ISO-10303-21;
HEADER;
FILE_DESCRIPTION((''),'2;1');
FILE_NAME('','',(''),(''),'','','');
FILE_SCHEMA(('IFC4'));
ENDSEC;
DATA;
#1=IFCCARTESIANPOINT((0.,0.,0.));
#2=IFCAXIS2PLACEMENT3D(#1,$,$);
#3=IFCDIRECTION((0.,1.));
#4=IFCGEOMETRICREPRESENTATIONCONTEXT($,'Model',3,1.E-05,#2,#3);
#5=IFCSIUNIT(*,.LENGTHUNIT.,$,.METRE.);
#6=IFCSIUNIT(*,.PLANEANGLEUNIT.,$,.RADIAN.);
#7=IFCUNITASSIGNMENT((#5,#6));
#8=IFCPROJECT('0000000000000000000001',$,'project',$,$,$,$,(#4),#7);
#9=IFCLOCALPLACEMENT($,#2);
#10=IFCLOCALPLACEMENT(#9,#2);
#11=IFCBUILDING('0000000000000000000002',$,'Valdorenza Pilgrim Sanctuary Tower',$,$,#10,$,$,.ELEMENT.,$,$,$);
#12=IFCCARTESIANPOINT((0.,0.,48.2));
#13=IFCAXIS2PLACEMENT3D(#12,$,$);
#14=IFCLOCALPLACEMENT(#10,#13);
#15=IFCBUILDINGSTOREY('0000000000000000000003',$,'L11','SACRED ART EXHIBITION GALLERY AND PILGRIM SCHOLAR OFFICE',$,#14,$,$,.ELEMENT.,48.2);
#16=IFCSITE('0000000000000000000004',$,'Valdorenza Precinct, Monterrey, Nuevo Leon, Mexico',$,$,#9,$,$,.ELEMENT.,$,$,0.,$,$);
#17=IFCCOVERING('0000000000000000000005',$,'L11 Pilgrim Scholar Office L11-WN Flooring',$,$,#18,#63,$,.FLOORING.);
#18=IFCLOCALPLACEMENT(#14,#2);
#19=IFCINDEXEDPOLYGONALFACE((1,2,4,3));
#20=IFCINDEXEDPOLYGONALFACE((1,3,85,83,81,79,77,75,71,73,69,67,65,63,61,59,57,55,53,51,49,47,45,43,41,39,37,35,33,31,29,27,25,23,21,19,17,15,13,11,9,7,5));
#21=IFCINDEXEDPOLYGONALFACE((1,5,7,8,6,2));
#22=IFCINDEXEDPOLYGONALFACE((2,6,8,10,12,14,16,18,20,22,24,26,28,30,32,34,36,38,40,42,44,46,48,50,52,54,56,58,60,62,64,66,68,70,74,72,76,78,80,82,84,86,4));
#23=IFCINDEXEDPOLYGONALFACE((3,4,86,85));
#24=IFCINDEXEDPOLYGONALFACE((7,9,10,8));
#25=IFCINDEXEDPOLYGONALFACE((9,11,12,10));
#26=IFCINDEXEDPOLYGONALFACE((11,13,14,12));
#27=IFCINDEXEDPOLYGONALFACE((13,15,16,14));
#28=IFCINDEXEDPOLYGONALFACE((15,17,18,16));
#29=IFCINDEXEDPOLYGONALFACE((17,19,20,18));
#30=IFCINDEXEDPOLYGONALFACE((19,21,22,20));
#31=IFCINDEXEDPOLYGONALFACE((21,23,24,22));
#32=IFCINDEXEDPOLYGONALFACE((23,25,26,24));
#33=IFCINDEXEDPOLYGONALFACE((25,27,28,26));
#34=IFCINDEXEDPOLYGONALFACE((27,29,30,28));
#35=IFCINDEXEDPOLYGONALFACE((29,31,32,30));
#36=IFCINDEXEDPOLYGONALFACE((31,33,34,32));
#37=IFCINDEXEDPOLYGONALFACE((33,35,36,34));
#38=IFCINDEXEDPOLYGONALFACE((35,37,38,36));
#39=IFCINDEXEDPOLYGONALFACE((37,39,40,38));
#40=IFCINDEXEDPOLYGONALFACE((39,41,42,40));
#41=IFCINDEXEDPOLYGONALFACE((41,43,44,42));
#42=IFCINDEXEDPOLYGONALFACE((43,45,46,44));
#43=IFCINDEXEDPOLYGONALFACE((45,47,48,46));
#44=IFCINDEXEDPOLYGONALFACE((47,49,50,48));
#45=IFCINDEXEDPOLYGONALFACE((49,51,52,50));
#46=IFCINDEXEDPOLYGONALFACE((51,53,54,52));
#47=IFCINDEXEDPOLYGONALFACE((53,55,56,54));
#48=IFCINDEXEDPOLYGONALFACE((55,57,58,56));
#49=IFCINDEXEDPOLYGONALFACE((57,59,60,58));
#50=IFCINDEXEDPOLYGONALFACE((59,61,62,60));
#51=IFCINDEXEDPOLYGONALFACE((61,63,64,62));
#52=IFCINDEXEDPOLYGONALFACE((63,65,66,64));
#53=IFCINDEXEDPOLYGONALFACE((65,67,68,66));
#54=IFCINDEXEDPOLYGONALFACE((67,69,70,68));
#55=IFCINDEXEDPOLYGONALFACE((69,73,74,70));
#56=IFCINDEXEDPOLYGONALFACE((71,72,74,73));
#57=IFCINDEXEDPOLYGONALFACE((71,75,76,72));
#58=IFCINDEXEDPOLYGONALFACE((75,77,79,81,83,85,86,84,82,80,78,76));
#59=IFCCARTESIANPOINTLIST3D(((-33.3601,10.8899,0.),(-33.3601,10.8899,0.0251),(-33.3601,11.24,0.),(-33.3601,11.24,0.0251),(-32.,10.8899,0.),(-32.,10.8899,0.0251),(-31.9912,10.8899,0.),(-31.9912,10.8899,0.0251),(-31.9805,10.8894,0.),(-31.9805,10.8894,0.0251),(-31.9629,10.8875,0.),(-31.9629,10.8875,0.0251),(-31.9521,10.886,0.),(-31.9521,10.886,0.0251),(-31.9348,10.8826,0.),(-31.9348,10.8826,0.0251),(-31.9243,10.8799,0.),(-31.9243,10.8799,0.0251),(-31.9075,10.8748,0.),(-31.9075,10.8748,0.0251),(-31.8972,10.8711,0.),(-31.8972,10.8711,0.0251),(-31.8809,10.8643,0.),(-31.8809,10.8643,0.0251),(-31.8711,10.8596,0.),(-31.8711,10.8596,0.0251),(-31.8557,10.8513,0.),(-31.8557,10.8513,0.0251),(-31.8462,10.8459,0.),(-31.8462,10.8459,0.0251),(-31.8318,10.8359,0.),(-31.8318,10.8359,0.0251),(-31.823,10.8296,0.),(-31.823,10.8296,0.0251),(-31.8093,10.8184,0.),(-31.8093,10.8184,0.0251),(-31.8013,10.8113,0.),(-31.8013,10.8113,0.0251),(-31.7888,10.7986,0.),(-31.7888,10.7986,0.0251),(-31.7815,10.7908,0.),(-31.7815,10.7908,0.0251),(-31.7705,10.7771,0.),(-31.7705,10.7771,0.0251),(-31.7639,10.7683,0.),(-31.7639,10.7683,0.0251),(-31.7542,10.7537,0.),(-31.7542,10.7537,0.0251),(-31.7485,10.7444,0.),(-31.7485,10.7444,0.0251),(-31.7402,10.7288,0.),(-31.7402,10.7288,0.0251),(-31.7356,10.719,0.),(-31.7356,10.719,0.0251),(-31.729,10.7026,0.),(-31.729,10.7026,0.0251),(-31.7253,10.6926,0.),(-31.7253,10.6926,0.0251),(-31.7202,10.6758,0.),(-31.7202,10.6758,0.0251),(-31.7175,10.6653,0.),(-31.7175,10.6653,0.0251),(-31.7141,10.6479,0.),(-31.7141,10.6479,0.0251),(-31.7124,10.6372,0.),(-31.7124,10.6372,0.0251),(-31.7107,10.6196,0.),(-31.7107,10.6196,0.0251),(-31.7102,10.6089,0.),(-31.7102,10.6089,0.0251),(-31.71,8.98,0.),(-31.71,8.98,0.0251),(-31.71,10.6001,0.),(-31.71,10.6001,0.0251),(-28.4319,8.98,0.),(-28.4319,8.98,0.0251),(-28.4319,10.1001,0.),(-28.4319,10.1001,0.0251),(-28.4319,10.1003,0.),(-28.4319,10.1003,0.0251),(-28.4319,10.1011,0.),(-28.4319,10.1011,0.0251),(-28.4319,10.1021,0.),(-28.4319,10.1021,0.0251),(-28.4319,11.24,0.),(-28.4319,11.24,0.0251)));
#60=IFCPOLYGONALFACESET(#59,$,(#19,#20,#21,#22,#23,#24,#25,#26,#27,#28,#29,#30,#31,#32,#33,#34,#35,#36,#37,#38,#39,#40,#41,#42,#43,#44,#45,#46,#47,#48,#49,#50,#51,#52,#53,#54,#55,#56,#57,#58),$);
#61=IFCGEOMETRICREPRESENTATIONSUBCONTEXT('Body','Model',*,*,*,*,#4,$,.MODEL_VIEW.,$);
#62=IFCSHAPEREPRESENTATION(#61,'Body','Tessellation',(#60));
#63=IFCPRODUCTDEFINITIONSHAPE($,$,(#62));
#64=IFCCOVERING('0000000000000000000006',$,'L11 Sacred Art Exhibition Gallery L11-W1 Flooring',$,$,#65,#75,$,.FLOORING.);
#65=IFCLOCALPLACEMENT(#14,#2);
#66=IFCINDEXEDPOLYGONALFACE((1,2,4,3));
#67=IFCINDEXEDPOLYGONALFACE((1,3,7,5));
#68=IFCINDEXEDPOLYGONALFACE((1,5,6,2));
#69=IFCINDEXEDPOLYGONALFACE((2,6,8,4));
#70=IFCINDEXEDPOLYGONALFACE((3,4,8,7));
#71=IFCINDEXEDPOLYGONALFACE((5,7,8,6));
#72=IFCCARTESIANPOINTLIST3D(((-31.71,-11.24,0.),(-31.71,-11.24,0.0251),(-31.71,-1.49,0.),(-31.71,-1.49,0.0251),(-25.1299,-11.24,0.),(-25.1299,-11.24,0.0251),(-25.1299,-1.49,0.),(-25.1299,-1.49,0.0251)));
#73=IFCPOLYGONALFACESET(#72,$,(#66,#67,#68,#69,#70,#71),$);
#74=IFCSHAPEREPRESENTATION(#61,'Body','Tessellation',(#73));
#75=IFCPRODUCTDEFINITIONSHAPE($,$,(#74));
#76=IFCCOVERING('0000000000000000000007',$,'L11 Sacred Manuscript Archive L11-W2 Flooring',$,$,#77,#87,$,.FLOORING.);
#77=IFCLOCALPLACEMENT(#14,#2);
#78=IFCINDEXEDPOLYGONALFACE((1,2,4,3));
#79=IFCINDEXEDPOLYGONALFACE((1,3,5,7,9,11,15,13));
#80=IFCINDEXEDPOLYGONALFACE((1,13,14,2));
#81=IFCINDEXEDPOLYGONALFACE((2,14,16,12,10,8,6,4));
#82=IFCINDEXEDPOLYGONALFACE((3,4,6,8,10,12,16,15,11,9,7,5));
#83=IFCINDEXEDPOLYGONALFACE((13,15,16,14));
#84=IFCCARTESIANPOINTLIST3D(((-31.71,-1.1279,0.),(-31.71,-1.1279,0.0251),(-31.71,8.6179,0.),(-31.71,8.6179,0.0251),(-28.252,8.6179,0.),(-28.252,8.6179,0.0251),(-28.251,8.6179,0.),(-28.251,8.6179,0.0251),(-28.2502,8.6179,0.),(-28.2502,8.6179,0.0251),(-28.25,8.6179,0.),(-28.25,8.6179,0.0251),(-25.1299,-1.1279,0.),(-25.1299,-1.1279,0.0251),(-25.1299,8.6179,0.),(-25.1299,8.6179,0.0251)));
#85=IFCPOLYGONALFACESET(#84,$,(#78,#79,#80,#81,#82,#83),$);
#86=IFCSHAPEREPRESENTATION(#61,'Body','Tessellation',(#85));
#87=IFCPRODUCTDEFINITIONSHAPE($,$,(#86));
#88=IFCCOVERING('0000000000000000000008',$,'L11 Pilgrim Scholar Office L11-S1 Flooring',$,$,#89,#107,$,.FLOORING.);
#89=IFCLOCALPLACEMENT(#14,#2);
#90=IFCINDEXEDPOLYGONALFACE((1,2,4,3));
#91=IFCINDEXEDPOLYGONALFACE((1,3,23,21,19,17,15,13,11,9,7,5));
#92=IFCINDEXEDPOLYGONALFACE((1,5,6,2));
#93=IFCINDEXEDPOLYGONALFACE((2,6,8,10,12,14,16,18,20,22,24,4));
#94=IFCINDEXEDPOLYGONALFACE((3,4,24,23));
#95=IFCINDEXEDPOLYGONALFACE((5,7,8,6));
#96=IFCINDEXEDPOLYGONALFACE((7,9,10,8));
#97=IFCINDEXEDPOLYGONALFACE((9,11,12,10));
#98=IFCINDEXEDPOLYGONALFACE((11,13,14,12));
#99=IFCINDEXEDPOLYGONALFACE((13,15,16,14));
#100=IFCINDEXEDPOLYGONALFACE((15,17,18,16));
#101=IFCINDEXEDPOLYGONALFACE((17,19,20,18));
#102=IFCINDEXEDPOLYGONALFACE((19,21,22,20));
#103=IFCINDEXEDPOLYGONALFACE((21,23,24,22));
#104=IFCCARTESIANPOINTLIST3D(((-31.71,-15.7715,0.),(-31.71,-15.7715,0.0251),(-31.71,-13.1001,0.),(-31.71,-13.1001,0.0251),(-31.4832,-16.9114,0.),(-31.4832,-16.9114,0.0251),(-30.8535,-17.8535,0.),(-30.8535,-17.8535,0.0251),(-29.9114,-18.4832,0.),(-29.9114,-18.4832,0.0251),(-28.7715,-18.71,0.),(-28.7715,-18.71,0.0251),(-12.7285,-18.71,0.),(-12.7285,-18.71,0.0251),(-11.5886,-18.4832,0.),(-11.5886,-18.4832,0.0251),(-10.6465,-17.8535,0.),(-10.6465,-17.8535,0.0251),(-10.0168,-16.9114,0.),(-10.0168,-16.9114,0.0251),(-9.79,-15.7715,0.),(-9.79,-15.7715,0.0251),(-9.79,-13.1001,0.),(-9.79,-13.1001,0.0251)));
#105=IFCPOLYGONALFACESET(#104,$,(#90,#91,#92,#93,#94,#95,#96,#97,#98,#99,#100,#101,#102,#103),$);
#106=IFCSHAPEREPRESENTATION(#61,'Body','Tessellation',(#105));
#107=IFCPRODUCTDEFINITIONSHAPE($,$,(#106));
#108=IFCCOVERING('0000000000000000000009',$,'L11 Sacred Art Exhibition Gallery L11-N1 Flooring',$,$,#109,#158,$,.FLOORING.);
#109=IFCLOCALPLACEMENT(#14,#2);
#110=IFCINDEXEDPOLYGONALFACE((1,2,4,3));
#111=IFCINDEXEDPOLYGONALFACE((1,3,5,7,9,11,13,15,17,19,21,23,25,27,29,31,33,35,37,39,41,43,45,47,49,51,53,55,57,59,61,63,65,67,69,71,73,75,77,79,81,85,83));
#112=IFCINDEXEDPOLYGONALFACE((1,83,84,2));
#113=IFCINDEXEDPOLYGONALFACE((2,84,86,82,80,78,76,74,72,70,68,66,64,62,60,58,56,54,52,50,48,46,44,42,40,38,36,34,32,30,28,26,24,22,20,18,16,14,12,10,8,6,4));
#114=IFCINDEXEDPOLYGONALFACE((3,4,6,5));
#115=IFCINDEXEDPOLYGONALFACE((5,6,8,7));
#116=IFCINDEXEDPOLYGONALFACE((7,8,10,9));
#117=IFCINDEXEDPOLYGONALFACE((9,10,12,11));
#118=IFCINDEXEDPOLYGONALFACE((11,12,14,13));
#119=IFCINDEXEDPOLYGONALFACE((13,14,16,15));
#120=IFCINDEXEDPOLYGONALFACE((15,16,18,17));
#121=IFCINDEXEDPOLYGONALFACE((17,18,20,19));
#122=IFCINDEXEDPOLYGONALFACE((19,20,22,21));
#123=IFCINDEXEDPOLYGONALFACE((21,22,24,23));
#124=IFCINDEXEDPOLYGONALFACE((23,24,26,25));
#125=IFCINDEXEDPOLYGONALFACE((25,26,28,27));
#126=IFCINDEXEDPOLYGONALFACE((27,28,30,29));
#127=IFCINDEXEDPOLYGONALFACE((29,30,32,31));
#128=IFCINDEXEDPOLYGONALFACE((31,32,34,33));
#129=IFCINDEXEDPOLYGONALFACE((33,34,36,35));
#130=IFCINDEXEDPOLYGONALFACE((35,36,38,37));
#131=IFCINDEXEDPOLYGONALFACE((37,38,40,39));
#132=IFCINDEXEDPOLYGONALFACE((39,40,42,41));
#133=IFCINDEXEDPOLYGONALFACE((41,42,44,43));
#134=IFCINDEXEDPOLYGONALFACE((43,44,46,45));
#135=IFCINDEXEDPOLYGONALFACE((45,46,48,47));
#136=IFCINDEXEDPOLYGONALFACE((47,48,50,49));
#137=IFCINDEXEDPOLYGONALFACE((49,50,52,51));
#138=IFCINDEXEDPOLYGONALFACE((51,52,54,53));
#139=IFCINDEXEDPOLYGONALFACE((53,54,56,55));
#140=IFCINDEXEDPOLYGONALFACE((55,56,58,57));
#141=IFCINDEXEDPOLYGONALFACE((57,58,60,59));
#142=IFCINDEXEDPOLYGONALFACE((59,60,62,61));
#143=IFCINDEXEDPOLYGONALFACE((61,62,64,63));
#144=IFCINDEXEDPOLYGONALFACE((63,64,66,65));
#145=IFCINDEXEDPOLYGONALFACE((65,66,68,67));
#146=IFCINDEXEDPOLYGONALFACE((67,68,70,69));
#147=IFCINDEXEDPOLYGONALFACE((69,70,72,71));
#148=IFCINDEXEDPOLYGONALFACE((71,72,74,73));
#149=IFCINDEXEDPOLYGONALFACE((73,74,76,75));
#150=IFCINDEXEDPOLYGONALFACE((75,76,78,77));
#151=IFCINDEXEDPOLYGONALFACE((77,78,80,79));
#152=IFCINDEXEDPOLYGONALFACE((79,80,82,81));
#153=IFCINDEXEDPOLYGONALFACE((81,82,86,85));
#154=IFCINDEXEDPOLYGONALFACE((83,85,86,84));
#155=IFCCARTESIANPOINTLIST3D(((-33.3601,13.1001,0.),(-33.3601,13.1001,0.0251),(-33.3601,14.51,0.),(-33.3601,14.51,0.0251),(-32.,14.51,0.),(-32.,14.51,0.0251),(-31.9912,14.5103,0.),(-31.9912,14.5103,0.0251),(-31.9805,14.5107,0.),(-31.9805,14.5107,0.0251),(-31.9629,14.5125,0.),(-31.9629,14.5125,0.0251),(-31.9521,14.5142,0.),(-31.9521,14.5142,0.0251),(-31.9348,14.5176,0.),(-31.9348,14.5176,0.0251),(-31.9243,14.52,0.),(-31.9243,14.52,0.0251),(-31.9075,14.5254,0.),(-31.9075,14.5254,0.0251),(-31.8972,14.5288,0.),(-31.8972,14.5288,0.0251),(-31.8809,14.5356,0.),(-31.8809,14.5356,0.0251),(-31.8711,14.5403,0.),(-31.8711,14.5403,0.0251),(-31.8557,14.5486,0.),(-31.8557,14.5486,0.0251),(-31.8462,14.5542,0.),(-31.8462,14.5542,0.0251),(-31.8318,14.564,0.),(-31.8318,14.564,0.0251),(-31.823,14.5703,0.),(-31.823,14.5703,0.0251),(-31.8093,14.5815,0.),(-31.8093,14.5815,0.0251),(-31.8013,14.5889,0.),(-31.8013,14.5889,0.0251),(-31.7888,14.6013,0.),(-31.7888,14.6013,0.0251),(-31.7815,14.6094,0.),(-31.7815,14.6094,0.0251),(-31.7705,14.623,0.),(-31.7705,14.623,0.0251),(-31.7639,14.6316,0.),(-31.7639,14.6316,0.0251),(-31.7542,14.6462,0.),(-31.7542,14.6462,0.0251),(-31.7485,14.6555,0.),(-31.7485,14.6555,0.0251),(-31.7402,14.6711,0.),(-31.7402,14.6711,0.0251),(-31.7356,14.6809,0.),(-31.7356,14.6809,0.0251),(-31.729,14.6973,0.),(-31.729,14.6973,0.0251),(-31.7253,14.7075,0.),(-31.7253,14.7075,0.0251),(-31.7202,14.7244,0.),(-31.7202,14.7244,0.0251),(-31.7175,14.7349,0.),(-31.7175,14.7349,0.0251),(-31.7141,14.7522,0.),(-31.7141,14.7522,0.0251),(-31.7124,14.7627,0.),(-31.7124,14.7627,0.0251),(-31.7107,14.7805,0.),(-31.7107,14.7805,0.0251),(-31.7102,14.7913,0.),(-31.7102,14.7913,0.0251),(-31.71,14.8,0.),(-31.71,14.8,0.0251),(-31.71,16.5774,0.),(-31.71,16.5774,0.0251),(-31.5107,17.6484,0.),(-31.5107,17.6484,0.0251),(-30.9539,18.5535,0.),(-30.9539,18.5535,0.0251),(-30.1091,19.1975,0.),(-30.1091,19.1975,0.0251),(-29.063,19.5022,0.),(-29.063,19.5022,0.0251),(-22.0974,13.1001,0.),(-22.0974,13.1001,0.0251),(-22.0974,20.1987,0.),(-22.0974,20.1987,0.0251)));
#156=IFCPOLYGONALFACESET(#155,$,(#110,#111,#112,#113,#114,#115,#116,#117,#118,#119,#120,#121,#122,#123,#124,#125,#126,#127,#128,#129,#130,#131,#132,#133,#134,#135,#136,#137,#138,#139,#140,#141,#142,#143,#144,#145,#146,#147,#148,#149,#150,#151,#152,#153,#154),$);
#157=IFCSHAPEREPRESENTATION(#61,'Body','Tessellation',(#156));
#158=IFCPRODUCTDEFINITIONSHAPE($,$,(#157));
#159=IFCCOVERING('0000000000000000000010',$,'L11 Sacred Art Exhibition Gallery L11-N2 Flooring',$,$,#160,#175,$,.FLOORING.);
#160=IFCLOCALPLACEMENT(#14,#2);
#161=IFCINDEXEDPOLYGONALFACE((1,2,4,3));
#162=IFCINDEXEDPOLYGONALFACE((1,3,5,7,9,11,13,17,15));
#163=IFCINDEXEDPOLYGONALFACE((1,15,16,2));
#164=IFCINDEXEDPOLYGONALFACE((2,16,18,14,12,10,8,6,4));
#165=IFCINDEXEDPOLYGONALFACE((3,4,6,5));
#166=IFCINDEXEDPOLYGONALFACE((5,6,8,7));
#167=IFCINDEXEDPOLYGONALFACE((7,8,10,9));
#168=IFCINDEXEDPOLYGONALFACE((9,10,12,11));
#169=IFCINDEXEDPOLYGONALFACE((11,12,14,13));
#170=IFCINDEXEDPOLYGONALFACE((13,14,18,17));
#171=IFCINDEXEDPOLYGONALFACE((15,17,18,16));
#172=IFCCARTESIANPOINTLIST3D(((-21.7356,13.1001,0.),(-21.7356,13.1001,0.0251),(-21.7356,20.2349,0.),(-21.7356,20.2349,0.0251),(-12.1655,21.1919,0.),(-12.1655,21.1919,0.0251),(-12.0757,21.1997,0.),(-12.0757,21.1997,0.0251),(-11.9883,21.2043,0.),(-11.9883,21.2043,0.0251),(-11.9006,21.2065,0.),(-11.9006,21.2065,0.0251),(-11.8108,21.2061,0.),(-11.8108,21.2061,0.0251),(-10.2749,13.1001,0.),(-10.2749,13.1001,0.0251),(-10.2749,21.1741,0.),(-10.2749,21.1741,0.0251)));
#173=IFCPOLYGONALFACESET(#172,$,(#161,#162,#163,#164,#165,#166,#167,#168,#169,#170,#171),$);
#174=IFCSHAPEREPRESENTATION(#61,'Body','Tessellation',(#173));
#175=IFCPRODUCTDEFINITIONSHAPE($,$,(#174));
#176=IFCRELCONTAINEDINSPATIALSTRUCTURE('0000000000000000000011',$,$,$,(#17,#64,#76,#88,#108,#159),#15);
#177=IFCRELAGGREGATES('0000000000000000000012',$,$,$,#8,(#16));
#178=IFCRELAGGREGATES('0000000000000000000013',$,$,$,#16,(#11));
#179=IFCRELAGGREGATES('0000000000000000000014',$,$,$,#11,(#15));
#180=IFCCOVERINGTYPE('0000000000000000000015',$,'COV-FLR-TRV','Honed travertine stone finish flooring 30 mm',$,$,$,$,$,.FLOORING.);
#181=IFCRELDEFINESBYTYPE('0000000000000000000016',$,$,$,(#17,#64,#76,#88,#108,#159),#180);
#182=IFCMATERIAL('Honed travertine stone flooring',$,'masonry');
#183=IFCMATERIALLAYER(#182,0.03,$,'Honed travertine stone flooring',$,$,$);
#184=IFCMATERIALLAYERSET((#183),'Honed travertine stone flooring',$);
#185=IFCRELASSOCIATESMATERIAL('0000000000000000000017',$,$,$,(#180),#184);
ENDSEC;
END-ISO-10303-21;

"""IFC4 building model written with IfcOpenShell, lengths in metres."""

from ifc_helpers import new_model, si_unit, direction, frame, origin, place, context, subcontext, project, spatial, polyline, outline, extrude, material, layer, layer_set, type_object, element, save


model = new_model("IFC4")

# Units and contexts
model_context = context("Model", 3, precision=1e-05, world=origin(), true_north=direction((0.0, 1.0)))
body_context = subcontext(model_context, "Body", "Model", "MODEL_VIEW")
ifc_project = project(units=[si_unit("LENGTHUNIT", "METRE"), si_unit("PLANEANGLEUNIT", "RADIAN")], contexts=[model_context])

# Site, building, storey
site_placement = place(None, origin())
site = spatial("IfcSite", under=ifc_project, at=site_placement, Name="Valdorenza Precinct, Monterrey, Nuevo Leon, Mexico", CompositionType="ELEMENT", RefElevation=0.0)
building_placement = place(site_placement, origin())
building = spatial("IfcBuilding", under=site, at=building_placement, Name="Valdorenza Pilgrim Sanctuary Tower", CompositionType="ELEMENT")
storey_placement = place(building_placement, frame((0.0, 0.0, 48.2)))
storey = spatial("IfcBuildingStorey", under=building, at=storey_placement, Name="L11", Description="SACRED ART EXHIBITION GALLERY AND PILGRIM SCHOLAR OFFICE", CompositionType="ELEMENT", Elevation=48.2)

# Coverings
ifc_material_1 = material(Name="Honed travertine stone flooring", Category="masonry")
ifc_layer_1 = layer(ifc_material_1, 0.03, Name="Honed travertine stone flooring")
ifc_layer_set_1 = layer_set([ifc_layer_1], Name="Honed travertine stone flooring")
covering_type_1 = type_object("IfcCoveringType", Name="COV-FLR-TRV", Description="Honed travertine stone finish flooring 30 mm", PredefinedType="FLOORING", material=ifc_layer_set_1)
covering_1_placement = place(storey_placement, origin())
element("IfcCovering", 1, at=covering_1_placement, inside=storey, type_object=covering_type_1, Name="L11 Pilgrim Scholar Office L11-WN Flooring", PredefinedType="FLOORING", context=body_context, shape_type="SweptSolid", body=[
    extrude(outline(polyline([(-28.4319, 11.24), (-28.4319, 10.1021), (-28.4319, 10.1011), (-28.4319, 10.1003), (-28.4319, 10.1001), (-28.4319, 8.98), (-31.71, 8.98), (-31.71, 10.6001), (-31.7102, 10.6089), (-31.7107, 10.6196), (-31.7124, 10.6372), (-31.7141, 10.6479), (-31.7175, 10.6653), (-31.7202, 10.6758), (-31.7253, 10.6926), (-31.729, 10.7026), (-31.7356, 10.719), (-31.7402, 10.7288), (-31.7485, 10.7444), (-31.7542, 10.7537), (-31.7639, 10.7683), (-31.7705, 10.7771), (-31.7815, 10.7908), (-31.7888, 10.7986), (-31.8013, 10.8113), (-31.8093, 10.8184), (-31.823, 10.8296), (-31.8318, 10.8359), (-31.8462, 10.8459), (-31.8557, 10.8513), (-31.8711, 10.8596), (-31.8809, 10.8643), (-31.8972, 10.8711), (-31.9075, 10.8748), (-31.9243, 10.8799), (-31.9348, 10.8826), (-31.9521, 10.886), (-31.9629, 10.8875), (-31.9805, 10.8894), (-31.9912, 10.8899), (-32.0, 10.8899), (-33.3601, 10.8899), (-33.3601, 11.24), (-28.4319, 11.24)])), origin(), (0.0, 0.0, 1.0), 0.0251),
])
covering_2_placement = place(storey_placement, origin())
element("IfcCovering", 2, at=covering_2_placement, inside=storey, type_object=covering_type_1, Name="L11 Sacred Art Exhibition Gallery L11-W1 Flooring", PredefinedType="FLOORING", context=body_context, shape_type="SweptSolid", body=[
    extrude(outline(polyline([(-25.1299, -11.24), (-31.71, -11.24), (-31.71, -1.49), (-25.1299, -1.49), (-25.1299, -11.24)])), origin(), (0.0, 0.0, 1.0), 0.0251),
])
covering_3_placement = place(storey_placement, origin())
element("IfcCovering", 3, at=covering_3_placement, inside=storey, type_object=covering_type_1, Name="L11 Sacred Manuscript Archive L11-W2 Flooring", PredefinedType="FLOORING", context=body_context, shape_type="SweptSolid", body=[
    extrude(outline(polyline([(-28.2502, 8.6179), (-28.25, 8.6179), (-25.1299, 8.6179), (-25.1299, -1.1279), (-31.71, -1.1279), (-31.71, 8.6179), (-28.252, 8.6179), (-28.251, 8.6179), (-28.2502, 8.6179)])), origin(), (0.0, 0.0, 1.0), 0.0251),
])
covering_4_placement = place(storey_placement, origin())
element("IfcCovering", 4, at=covering_4_placement, inside=storey, type_object=covering_type_1, Name="L11 Pilgrim Scholar Office L11-S1 Flooring", PredefinedType="FLOORING", context=body_context, shape_type="SweptSolid", body=[
    extrude(outline(polyline([(-9.79, -15.7715), (-10.0168, -16.9114), (-10.6465, -17.8535), (-11.5886, -18.4832), (-12.7285, -18.71), (-28.7715, -18.71), (-29.9114, -18.4832), (-30.8535, -17.8535), (-31.4832, -16.9114), (-31.71, -15.7715), (-31.71, -13.1001), (-9.79, -13.1001), (-9.79, -15.7715)])), origin(), (0.0, 0.0, 1.0), 0.0251),
])
covering_5_placement = place(storey_placement, origin())
element("IfcCovering", 5, at=covering_5_placement, inside=storey, type_object=covering_type_1, Name="L11 Sacred Art Exhibition Gallery L11-N1 Flooring", PredefinedType="FLOORING", context=body_context, shape_type="SweptSolid", body=[
    extrude(outline(polyline([(-33.3601, 13.1001), (-33.3601, 14.51), (-32.0, 14.51), (-31.9912, 14.5103), (-31.9805, 14.5107), (-31.9629, 14.5125), (-31.9521, 14.5142), (-31.9348, 14.5176), (-31.9243, 14.52), (-31.9075, 14.5254), (-31.8972, 14.5288), (-31.8809, 14.5356), (-31.8711, 14.5403), (-31.8557, 14.5486), (-31.8462, 14.5542), (-31.8318, 14.564), (-31.823, 14.5703), (-31.8093, 14.5815), (-31.8013, 14.5889), (-31.7888, 14.6013), (-31.7815, 14.6094), (-31.7705, 14.623), (-31.7639, 14.6316), (-31.7542, 14.6462), (-31.7485, 14.6555), (-31.7402, 14.6711), (-31.7356, 14.6809), (-31.729, 14.6973), (-31.7253, 14.7075), (-31.7202, 14.7244), (-31.7175, 14.7349), (-31.7141, 14.7522), (-31.7124, 14.7627), (-31.7107, 14.7805), (-31.7102, 14.7913), (-31.71, 14.8), (-31.71, 16.5774), (-31.5107, 17.6484), (-30.9539, 18.5535), (-30.1091, 19.1975), (-29.063, 19.5022), (-22.0974, 20.1987), (-22.0974, 13.1001), (-33.3601, 13.1001)])), origin(), (0.0, 0.0, 1.0), 0.0251),
])
covering_6_placement = place(storey_placement, origin())
element("IfcCovering", 6, at=covering_6_placement, inside=storey, type_object=covering_type_1, Name="L11 Sacred Art Exhibition Gallery L11-N2 Flooring", PredefinedType="FLOORING", context=body_context, shape_type="SweptSolid", body=[
    extrude(outline(polyline([(-21.7356, 13.1001), (-21.7356, 20.2349), (-12.1655, 21.1919), (-12.0757, 21.1997), (-11.9883, 21.2043), (-11.9006, 21.2065), (-11.8108, 21.2061), (-10.2749, 21.1741), (-10.2749, 13.1001), (-21.7356, 13.1001)])), origin(), (0.0, 0.0, 1.0), 0.0251),
])

save(model, "model.ifc")
